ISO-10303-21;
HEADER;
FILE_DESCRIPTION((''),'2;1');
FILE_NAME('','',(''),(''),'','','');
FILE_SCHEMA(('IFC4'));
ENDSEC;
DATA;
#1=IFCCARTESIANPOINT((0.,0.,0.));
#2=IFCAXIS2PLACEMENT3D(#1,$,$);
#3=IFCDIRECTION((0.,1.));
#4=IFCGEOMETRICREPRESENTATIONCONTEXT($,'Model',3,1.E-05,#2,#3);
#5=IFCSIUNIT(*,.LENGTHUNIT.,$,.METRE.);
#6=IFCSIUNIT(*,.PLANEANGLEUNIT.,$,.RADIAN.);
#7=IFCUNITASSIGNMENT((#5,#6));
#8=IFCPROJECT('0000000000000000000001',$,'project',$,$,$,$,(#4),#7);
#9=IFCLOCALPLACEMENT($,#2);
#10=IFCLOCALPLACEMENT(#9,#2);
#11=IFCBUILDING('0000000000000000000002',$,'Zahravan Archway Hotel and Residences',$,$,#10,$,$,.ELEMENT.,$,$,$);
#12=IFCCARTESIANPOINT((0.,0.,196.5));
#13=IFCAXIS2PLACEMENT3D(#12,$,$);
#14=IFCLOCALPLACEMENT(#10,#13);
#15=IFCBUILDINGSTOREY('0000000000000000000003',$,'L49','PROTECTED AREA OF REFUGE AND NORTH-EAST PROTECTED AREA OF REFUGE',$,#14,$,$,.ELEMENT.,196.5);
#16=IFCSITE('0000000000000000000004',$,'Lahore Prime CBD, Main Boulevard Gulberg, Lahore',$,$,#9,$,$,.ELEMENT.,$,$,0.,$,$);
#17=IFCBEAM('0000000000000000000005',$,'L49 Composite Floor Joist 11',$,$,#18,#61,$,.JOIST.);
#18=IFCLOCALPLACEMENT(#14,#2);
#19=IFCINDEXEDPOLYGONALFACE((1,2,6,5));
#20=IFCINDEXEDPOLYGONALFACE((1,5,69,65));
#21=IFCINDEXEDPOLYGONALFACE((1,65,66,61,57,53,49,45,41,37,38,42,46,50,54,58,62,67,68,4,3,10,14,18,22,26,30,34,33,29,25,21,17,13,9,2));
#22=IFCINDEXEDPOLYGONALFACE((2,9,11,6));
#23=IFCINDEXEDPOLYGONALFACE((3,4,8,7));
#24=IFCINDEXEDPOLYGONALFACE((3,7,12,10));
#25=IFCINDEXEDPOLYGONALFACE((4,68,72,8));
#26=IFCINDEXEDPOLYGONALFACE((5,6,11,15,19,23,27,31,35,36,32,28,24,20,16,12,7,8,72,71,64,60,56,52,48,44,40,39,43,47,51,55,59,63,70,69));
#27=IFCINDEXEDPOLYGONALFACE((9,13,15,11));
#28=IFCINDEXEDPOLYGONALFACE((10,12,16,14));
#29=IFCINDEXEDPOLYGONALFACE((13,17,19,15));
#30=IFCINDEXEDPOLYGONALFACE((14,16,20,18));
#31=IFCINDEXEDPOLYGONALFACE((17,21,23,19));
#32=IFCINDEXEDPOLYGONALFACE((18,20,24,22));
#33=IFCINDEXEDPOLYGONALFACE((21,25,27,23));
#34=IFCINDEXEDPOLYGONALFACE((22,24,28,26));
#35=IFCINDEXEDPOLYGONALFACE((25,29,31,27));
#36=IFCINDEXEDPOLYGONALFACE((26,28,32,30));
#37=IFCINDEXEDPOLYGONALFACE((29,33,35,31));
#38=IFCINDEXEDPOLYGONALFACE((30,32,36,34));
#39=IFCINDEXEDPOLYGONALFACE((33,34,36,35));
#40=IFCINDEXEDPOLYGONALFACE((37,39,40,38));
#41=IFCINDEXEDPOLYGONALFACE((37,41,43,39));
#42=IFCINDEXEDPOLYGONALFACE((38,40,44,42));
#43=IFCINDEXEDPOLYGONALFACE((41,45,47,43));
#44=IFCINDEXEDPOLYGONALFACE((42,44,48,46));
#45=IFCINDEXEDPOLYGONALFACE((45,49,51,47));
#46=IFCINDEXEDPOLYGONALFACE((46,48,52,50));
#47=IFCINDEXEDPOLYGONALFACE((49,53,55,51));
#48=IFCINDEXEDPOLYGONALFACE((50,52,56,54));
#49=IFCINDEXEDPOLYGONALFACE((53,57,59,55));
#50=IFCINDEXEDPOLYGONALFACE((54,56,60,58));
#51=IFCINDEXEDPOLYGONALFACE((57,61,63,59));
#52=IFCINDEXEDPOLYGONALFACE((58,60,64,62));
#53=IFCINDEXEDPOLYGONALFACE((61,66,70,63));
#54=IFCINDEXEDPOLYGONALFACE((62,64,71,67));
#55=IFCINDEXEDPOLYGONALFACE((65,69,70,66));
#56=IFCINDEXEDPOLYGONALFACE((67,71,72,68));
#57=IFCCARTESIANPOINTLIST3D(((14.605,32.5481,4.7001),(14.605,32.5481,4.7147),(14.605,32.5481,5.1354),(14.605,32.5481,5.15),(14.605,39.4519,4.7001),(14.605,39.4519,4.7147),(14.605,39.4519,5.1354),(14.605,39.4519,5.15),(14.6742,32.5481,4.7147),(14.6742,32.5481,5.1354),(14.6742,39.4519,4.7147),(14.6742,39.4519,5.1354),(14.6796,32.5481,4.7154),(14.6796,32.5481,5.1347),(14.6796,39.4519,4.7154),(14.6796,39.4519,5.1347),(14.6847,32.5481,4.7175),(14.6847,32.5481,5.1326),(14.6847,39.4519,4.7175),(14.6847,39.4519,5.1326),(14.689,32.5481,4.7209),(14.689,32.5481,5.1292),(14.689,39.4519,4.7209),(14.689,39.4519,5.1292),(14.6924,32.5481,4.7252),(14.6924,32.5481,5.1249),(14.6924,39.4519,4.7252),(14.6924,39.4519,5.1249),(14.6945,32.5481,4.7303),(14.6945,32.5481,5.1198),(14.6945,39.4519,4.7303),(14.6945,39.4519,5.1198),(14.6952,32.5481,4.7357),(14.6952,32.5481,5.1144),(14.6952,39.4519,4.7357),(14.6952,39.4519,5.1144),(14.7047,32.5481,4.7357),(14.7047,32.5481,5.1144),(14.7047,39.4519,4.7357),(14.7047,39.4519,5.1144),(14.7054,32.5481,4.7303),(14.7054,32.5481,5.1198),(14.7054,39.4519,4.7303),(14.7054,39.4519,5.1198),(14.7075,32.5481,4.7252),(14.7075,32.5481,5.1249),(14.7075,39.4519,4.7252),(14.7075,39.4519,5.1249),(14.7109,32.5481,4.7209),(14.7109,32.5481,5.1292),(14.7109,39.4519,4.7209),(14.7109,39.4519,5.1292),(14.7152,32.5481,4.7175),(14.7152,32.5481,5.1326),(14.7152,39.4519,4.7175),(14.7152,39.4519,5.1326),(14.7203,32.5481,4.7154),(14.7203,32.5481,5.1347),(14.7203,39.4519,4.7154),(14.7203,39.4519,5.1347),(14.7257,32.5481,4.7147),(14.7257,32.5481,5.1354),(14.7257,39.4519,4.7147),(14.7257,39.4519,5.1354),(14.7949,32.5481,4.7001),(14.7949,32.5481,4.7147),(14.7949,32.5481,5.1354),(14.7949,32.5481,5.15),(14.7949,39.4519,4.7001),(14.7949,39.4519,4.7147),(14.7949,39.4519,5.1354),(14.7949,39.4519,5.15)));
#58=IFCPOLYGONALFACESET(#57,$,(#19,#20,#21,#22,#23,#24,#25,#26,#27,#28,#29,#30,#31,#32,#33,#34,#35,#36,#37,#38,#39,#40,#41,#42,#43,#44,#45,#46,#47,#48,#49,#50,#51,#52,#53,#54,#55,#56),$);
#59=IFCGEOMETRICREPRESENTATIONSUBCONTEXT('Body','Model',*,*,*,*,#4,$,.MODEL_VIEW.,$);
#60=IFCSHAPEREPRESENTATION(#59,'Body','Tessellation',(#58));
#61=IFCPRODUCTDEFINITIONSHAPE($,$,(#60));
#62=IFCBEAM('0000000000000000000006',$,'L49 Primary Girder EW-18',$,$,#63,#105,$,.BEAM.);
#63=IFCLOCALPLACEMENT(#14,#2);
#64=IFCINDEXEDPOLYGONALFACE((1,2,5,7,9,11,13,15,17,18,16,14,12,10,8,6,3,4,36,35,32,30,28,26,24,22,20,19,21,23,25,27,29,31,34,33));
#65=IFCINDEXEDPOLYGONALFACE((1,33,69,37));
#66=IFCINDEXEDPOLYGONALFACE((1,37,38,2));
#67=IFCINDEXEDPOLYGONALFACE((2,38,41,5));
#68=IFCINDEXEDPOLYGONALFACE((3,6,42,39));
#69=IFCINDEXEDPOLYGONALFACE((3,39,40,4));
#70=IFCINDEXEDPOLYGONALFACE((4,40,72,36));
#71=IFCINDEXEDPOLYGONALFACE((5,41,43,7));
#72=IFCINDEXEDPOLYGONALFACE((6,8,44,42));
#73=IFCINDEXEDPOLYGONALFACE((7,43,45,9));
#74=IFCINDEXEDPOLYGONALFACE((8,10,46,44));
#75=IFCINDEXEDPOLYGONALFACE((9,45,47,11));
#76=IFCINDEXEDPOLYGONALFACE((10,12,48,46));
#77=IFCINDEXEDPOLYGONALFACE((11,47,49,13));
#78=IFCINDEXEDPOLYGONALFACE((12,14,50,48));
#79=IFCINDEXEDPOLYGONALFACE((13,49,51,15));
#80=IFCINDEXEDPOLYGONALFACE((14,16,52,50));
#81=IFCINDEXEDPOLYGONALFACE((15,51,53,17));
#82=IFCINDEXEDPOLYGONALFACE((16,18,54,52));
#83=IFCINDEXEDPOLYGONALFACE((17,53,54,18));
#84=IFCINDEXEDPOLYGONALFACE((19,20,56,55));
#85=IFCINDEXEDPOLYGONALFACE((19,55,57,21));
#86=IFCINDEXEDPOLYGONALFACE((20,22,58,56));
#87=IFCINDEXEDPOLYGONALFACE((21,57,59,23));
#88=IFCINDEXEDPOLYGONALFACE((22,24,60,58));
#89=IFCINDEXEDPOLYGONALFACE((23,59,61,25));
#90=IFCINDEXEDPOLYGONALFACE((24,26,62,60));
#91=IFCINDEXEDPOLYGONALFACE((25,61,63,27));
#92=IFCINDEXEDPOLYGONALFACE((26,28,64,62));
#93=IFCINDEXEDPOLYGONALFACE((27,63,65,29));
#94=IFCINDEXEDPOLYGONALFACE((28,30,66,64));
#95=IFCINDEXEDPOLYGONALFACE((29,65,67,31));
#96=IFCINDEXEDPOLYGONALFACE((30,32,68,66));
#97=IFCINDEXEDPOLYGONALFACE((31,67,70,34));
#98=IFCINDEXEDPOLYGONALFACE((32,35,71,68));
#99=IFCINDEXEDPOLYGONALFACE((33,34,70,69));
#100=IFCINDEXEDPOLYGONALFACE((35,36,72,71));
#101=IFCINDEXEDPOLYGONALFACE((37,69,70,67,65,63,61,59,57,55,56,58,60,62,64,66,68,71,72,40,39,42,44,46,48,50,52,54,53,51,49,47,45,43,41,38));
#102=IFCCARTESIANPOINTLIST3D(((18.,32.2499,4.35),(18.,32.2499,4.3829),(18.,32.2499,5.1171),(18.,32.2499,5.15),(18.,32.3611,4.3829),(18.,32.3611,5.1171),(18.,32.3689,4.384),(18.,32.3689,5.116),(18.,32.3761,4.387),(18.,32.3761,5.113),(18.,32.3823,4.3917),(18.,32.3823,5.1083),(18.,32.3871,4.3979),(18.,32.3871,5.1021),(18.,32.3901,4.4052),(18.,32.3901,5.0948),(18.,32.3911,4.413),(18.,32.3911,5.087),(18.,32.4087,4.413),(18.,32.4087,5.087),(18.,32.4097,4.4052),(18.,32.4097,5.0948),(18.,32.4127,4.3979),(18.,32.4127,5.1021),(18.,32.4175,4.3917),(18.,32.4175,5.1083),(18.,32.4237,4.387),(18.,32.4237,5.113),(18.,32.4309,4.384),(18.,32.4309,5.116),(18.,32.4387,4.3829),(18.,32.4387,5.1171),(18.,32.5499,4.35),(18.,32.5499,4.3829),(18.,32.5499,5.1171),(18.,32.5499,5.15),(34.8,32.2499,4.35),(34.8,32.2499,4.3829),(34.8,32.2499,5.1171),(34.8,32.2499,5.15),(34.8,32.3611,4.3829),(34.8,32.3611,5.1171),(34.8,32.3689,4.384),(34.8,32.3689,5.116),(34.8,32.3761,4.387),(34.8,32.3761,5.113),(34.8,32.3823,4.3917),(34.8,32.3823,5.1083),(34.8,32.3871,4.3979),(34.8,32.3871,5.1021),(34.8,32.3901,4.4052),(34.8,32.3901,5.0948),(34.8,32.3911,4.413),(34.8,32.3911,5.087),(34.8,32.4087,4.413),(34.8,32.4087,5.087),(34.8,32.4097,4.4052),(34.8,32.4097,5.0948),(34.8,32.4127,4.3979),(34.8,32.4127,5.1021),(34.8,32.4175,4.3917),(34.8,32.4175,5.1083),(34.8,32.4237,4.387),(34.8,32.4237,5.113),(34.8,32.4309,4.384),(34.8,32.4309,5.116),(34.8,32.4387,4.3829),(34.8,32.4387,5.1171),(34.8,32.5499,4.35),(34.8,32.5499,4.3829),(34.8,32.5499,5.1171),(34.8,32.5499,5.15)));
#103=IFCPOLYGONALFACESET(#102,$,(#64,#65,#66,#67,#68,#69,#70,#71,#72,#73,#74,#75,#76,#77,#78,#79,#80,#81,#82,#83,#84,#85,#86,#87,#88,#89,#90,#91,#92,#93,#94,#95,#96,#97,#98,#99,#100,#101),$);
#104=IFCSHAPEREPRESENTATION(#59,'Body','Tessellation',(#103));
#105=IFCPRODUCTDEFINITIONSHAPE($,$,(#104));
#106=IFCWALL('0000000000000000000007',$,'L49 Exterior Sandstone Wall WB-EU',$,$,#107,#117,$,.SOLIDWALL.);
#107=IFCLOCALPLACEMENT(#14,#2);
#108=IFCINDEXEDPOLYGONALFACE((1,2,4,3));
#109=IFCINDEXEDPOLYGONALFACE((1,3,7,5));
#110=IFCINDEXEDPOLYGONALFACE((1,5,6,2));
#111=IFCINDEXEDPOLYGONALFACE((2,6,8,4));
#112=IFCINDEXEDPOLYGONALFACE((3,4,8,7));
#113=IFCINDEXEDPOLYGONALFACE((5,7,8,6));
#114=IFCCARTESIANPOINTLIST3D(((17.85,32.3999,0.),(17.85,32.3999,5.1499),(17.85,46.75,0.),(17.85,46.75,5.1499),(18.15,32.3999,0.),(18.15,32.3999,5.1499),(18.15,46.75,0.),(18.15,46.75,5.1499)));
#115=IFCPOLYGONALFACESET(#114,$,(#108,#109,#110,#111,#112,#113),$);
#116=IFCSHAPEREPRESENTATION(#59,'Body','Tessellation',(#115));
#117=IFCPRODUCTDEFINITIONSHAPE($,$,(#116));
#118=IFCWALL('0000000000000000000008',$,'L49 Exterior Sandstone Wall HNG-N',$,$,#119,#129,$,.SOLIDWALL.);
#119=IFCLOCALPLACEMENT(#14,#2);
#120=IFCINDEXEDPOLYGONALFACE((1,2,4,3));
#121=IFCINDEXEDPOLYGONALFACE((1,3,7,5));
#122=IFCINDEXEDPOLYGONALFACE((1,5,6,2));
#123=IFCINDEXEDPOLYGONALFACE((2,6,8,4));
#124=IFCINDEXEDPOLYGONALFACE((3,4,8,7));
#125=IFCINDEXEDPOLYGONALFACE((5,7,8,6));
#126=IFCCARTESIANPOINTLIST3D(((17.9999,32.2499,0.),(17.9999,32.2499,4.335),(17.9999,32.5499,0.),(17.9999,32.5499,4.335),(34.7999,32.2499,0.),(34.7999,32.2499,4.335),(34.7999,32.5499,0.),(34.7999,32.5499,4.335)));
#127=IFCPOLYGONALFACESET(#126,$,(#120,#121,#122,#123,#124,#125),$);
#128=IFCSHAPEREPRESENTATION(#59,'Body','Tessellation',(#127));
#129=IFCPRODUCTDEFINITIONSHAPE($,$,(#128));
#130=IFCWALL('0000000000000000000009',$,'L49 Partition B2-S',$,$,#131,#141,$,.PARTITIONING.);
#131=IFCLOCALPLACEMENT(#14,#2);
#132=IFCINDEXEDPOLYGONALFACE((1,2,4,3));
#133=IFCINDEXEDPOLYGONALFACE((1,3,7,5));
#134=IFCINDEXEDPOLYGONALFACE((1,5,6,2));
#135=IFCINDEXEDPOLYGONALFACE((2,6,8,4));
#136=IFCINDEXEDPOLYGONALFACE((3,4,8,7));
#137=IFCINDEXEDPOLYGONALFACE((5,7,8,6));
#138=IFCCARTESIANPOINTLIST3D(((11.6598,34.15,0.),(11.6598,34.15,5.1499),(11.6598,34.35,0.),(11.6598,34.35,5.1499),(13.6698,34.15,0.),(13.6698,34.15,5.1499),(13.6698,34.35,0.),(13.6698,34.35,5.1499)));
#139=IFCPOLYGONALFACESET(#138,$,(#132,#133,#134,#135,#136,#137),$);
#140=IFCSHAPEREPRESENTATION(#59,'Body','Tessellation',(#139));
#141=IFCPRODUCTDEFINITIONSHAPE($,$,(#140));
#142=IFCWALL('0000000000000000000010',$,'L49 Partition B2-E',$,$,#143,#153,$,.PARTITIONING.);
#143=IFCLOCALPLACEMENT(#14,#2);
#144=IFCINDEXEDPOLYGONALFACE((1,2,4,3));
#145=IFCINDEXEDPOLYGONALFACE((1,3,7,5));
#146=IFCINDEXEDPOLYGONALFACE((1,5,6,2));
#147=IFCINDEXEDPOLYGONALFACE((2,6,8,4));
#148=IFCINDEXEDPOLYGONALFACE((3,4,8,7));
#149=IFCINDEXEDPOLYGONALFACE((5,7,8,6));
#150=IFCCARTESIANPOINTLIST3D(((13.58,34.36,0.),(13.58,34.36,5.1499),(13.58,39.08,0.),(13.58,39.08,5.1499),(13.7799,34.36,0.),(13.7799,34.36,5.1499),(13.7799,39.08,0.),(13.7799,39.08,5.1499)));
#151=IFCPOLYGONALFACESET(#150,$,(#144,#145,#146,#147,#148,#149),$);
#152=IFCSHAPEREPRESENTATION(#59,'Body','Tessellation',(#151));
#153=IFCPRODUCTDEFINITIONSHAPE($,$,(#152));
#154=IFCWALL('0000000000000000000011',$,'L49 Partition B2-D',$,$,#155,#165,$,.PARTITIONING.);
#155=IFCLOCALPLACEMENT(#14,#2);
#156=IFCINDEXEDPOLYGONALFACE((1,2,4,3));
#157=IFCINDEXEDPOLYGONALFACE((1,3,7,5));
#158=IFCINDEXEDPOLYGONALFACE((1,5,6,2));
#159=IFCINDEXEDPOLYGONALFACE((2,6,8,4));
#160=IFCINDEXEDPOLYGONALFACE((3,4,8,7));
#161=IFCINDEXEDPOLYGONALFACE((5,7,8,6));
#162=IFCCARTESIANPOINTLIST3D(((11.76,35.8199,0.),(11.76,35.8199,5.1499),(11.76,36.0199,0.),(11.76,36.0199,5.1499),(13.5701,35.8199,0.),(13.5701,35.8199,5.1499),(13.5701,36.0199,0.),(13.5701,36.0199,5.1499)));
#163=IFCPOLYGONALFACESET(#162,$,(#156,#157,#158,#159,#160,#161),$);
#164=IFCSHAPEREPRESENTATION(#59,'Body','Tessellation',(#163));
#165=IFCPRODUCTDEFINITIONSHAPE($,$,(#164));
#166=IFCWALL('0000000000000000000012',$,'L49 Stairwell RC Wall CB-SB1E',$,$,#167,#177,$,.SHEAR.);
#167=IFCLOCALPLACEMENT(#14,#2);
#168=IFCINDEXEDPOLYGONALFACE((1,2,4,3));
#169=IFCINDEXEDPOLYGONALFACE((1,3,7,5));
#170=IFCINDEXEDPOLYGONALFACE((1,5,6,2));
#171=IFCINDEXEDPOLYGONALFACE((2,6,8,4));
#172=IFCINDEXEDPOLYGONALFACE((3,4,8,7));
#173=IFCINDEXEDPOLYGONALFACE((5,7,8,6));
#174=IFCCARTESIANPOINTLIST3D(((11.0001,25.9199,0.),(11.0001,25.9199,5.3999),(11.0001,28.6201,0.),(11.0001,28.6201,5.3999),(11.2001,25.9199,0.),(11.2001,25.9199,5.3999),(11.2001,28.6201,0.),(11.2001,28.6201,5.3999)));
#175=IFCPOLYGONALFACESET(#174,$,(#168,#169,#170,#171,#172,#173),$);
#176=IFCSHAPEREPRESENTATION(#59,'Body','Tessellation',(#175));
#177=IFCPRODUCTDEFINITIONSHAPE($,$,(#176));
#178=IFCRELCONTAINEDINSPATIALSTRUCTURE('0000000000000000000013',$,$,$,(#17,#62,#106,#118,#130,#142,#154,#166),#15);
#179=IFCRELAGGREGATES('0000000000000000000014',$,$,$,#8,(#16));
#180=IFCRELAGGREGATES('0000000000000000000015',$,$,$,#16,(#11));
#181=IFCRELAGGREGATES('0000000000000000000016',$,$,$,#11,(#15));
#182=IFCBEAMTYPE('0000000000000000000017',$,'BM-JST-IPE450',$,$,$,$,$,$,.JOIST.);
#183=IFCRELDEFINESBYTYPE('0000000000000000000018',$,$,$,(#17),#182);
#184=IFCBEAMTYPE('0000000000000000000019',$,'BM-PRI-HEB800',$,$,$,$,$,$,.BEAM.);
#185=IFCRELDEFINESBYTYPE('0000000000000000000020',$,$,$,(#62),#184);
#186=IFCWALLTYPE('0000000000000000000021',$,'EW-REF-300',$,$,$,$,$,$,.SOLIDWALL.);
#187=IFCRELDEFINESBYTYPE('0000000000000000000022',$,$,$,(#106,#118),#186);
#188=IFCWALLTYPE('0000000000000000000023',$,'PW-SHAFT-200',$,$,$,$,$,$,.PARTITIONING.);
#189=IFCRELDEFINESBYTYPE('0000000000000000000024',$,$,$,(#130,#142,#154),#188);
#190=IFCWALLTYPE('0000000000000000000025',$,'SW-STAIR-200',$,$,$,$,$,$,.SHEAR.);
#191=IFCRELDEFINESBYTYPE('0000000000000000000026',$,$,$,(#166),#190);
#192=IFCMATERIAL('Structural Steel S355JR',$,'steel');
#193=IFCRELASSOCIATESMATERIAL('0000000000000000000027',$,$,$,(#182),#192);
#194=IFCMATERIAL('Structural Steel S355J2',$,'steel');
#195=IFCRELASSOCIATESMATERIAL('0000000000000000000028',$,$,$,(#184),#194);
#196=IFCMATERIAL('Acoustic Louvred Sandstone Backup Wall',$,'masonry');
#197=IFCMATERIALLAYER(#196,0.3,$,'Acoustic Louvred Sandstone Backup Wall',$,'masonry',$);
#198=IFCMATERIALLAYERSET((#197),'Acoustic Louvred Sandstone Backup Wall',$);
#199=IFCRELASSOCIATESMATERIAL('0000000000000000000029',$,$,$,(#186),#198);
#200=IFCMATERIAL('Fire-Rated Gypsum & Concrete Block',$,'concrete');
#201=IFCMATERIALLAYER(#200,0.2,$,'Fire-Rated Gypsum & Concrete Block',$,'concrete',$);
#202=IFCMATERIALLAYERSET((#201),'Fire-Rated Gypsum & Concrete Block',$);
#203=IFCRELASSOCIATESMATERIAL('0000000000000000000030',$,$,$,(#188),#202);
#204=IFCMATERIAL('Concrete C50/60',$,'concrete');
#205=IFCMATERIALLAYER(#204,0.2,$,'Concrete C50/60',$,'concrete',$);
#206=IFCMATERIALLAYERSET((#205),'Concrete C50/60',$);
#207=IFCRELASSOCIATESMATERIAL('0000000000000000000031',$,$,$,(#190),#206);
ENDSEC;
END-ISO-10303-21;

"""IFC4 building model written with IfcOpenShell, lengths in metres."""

from ifc_helpers import new_model, si_unit, direction, frame, frame_2d, origin, origin_2d, place, context, subcontext, project, spatial, rectangle, i_section, extrude, source, transform, mapped, material, layer, layer_set, material_profile, profile_set, type_object, type_shapes, element, save


model = new_model("IFC4")

# Units and contexts
model_context = context("Model", 3, precision=1e-05, world=origin(), true_north=direction((0.0, 1.0)))
body_context = subcontext(model_context, "Body", "Model", "MODEL_VIEW")
ifc_project = project(units=[si_unit("LENGTHUNIT", "METRE"), si_unit("PLANEANGLEUNIT", "RADIAN")], contexts=[model_context])

# Site, building, storey
site_placement = place(None, origin())
site = spatial("IfcSite", under=ifc_project, at=site_placement, Name="Lahore Prime CBD, Main Boulevard Gulberg, Lahore", CompositionType="ELEMENT", RefElevation=0.0)
building_placement = place(site_placement, origin())
building = spatial("IfcBuilding", under=site, at=building_placement, Name="Zahravan Archway Hotel and Residences", CompositionType="ELEMENT")
storey_placement = place(building_placement, frame((0.0, 0.0, 196.5)))
storey = spatial("IfcBuildingStorey", under=building, at=storey_placement, Name="L49", Description="PROTECTED AREA OF REFUGE AND NORTH-EAST PROTECTED AREA OF REFUGE", CompositionType="ELEMENT", Elevation=196.5)

# Beams
ifc_material_1 = material(Name="Structural Steel S355JR", Category="steel")
ifc_material_profile_1 = material_profile(ifc_material_1, i_section(OverallWidth=0.1899, OverallDepth=0.45, WebThickness=0.0095, FlangeThickness=0.0146, FilletRadius=0.021, at=origin_2d()), Name="IPE 450", Category="steel")
ifc_profile_set_1 = profile_set([ifc_material_profile_1], Name="Structural Steel S355JR")
beam_type_1 = type_object("IfcBeamType", Name="BM-JST-IPE450", PredefinedType="JOIST", material=ifc_profile_set_1)
shared_shape_1 = source(origin(), body_context, "Body", "SweptSolid", [
    extrude(i_section(OverallWidth=0.1899, OverallDepth=0.45, WebThickness=0.0095, FlangeThickness=0.0146, FilletRadius=0.021, at=origin_2d()), origin(), (0.0, 0.0, 1.0), 6.9038),
])
beam_1_placement = place(storey_placement, frame((14.7, 32.5481, 4.925), z_axis=(0.0, 1.0, 0.0), x_axis=(-1.0, 0.0, 0.0)))
element("IfcBeam", 1, at=beam_1_placement, inside=storey, type_object=beam_type_1, Name="L49 Composite Floor Joist 11", PredefinedType="JOIST", context=body_context, shape_type="MappedRepresentation", body=[
    mapped(shared_shape_1, transform((0.0, 0.0, 0.0), scale=1.0)),
])
ifc_material_2 = material(Name="Structural Steel S355J2", Category="steel")
ifc_material_profile_2 = material_profile(ifc_material_2, i_section(OverallWidth=0.3, OverallDepth=0.8, WebThickness=0.0176, FlangeThickness=0.033, FilletRadius=0.03, at=origin_2d()), Name="HEB 800", Category="steel")
ifc_profile_set_2 = profile_set([ifc_material_profile_2], Name="Structural Steel S355J2")
beam_type_2 = type_object("IfcBeamType", Name="BM-PRI-HEB800", PredefinedType="BEAM", material=ifc_profile_set_2)
shared_shape_2 = source(origin(), body_context, "Body", "SweptSolid", [
    extrude(i_section(OverallWidth=0.3, OverallDepth=0.8, WebThickness=0.0176, FlangeThickness=0.033, FilletRadius=0.03, at=origin_2d()), origin(), (0.0, 0.0, 1.0), 16.8),
])
type_shapes(beam_type_2, [shared_shape_2])
beam_2_placement = place(storey_placement, frame((18.0, 32.3999, 4.75), z_axis=(1.0, 0.0, 0.0), x_axis=(0.0, 1.0, 0.0)))
element("IfcBeam", 2, at=beam_2_placement, inside=storey, type_object=beam_type_2, Name="L49 Primary Girder EW-18", PredefinedType="BEAM", context=body_context, shape_type="MappedRepresentation", body=[
    mapped(shared_shape_2, transform((0.0, 0.0, 0.0), scale=1.0)),
])

# Walls
ifc_material_3 = material(Name="Acoustic Louvred Sandstone Backup Wall", Category="masonry")
ifc_layer_1 = layer(ifc_material_3, 0.3, Name="Acoustic Louvred Sandstone Backup Wall", Category="masonry")
ifc_layer_set_1 = layer_set([ifc_layer_1], Name="Acoustic Louvred Sandstone Backup Wall")
wall_type_1 = type_object("IfcWallType", Name="EW-REF-300", PredefinedType="SOLIDWALL", material=ifc_layer_set_1)
wall_1_placement = place(storey_placement, frame((18.0, 32.3999, 0.0), z_axis=(0.0, 0.0, 1.0), x_axis=(0.0, 1.0, 0.0)))
element("IfcWall", 3, at=wall_1_placement, inside=storey, type_object=wall_type_1, Name="L49 Exterior Sandstone Wall WB-EU", PredefinedType="SOLIDWALL", context=body_context, shape_type="SweptSolid", body=[
    extrude(rectangle(XDim=14.3501, YDim=0.3, at=frame_2d((7.175, 0.0))), origin(), (0.0, 0.0, 1.0), 5.1499),
])
wall_2_placement = place(storey_placement, frame((18.0, 32.3999, 0.0), z_axis=(0.0, 0.0, 1.0), x_axis=(1.0, 0.0, 0.0)))
element("IfcWall", 4, at=wall_2_placement, inside=storey, type_object=wall_type_1, Name="L49 Exterior Sandstone Wall HNG-N", PredefinedType="SOLIDWALL", context=body_context, shape_type="SweptSolid", body=[
    extrude(rectangle(XDim=16.8, YDim=0.3, at=frame_2d((8.3999, 0.0))), origin(), (0.0, 0.0, 1.0), 4.335),
])
ifc_material_4 = material(Name="Fire-Rated Gypsum & Concrete Block", Category="concrete")
ifc_layer_2 = layer(ifc_material_4, 0.2, Name="Fire-Rated Gypsum & Concrete Block", Category="concrete")
ifc_layer_set_2 = layer_set([ifc_layer_2], Name="Fire-Rated Gypsum & Concrete Block")
wall_type_2 = type_object("IfcWallType", Name="PW-SHAFT-200", PredefinedType="PARTITIONING", material=ifc_layer_set_2)
wall_3_placement = place(storey_placement, frame((11.6599, 34.25, 0.0), z_axis=(0.0, 0.0, 1.0), x_axis=(1.0, 0.0, 0.0)))
element("IfcWall", 5, at=wall_3_placement, inside=storey, type_object=wall_type_2, Name="L49 Partition B2-S", PredefinedType="PARTITIONING", context=body_context, shape_type="SweptSolid", body=[
    extrude(rectangle(XDim=2.01, YDim=0.2, at=frame_2d((1.0049, 0.0))), origin(), (0.0, 0.0, 1.0), 5.1499),
])
wall_4_placement = place(storey_placement, frame((13.6799, 34.3601, 0.0), z_axis=(0.0, 0.0, 1.0), x_axis=(0.0, 1.0, 0.0)))
element("IfcWall", 6, at=wall_4_placement, inside=storey, type_object=wall_type_2, Name="L49 Partition B2-E", PredefinedType="PARTITIONING", context=body_context, shape_type="SweptSolid", body=[
    extrude(rectangle(XDim=4.72, YDim=0.2, at=frame_2d((2.3599, 0.0))), origin(), (0.0, 0.0, 1.0), 5.1499),
])
wall_5_placement = place(storey_placement, frame((11.76, 35.9199, 0.0), z_axis=(0.0, 0.0, 1.0), x_axis=(1.0, 0.0, 0.0)))
element("IfcWall", 7, at=wall_5_placement, inside=storey, type_object=wall_type_2, Name="L49 Partition B2-D", PredefinedType="PARTITIONING", context=body_context, shape_type="SweptSolid", body=[
    extrude(rectangle(XDim=1.8101, YDim=0.2, at=frame_2d((0.905, 0.0))), origin(), (0.0, 0.0, 1.0), 5.1499),
])
ifc_material_5 = material(Name="Concrete C50/60", Category="concrete")
ifc_layer_3 = layer(ifc_material_5, 0.2, Name="Concrete C50/60", Category="concrete")
ifc_layer_set_3 = layer_set([ifc_layer_3], Name="Concrete C50/60")
wall_type_3 = type_object("IfcWallType", Name="SW-STAIR-200", PredefinedType="SHEAR", material=ifc_layer_set_3)
wall_6_placement = place(storey_placement, frame((11.1001, 25.9199, 0.0), z_axis=(0.0, 0.0, 1.0), x_axis=(0.0, 1.0, 0.0)))
element("IfcWall", 8, at=wall_6_placement, inside=storey, type_object=wall_type_3, Name="L49 Stairwell RC Wall CB-SB1E", PredefinedType="SHEAR", context=body_context, shape_type="SweptSolid", body=[
    extrude(rectangle(XDim=2.7002, YDim=0.2, at=frame_2d((1.3501, 0.0))), origin(), (0.0, 0.0, 1.0), 5.3999),
])

save(model, "model.ifc")
